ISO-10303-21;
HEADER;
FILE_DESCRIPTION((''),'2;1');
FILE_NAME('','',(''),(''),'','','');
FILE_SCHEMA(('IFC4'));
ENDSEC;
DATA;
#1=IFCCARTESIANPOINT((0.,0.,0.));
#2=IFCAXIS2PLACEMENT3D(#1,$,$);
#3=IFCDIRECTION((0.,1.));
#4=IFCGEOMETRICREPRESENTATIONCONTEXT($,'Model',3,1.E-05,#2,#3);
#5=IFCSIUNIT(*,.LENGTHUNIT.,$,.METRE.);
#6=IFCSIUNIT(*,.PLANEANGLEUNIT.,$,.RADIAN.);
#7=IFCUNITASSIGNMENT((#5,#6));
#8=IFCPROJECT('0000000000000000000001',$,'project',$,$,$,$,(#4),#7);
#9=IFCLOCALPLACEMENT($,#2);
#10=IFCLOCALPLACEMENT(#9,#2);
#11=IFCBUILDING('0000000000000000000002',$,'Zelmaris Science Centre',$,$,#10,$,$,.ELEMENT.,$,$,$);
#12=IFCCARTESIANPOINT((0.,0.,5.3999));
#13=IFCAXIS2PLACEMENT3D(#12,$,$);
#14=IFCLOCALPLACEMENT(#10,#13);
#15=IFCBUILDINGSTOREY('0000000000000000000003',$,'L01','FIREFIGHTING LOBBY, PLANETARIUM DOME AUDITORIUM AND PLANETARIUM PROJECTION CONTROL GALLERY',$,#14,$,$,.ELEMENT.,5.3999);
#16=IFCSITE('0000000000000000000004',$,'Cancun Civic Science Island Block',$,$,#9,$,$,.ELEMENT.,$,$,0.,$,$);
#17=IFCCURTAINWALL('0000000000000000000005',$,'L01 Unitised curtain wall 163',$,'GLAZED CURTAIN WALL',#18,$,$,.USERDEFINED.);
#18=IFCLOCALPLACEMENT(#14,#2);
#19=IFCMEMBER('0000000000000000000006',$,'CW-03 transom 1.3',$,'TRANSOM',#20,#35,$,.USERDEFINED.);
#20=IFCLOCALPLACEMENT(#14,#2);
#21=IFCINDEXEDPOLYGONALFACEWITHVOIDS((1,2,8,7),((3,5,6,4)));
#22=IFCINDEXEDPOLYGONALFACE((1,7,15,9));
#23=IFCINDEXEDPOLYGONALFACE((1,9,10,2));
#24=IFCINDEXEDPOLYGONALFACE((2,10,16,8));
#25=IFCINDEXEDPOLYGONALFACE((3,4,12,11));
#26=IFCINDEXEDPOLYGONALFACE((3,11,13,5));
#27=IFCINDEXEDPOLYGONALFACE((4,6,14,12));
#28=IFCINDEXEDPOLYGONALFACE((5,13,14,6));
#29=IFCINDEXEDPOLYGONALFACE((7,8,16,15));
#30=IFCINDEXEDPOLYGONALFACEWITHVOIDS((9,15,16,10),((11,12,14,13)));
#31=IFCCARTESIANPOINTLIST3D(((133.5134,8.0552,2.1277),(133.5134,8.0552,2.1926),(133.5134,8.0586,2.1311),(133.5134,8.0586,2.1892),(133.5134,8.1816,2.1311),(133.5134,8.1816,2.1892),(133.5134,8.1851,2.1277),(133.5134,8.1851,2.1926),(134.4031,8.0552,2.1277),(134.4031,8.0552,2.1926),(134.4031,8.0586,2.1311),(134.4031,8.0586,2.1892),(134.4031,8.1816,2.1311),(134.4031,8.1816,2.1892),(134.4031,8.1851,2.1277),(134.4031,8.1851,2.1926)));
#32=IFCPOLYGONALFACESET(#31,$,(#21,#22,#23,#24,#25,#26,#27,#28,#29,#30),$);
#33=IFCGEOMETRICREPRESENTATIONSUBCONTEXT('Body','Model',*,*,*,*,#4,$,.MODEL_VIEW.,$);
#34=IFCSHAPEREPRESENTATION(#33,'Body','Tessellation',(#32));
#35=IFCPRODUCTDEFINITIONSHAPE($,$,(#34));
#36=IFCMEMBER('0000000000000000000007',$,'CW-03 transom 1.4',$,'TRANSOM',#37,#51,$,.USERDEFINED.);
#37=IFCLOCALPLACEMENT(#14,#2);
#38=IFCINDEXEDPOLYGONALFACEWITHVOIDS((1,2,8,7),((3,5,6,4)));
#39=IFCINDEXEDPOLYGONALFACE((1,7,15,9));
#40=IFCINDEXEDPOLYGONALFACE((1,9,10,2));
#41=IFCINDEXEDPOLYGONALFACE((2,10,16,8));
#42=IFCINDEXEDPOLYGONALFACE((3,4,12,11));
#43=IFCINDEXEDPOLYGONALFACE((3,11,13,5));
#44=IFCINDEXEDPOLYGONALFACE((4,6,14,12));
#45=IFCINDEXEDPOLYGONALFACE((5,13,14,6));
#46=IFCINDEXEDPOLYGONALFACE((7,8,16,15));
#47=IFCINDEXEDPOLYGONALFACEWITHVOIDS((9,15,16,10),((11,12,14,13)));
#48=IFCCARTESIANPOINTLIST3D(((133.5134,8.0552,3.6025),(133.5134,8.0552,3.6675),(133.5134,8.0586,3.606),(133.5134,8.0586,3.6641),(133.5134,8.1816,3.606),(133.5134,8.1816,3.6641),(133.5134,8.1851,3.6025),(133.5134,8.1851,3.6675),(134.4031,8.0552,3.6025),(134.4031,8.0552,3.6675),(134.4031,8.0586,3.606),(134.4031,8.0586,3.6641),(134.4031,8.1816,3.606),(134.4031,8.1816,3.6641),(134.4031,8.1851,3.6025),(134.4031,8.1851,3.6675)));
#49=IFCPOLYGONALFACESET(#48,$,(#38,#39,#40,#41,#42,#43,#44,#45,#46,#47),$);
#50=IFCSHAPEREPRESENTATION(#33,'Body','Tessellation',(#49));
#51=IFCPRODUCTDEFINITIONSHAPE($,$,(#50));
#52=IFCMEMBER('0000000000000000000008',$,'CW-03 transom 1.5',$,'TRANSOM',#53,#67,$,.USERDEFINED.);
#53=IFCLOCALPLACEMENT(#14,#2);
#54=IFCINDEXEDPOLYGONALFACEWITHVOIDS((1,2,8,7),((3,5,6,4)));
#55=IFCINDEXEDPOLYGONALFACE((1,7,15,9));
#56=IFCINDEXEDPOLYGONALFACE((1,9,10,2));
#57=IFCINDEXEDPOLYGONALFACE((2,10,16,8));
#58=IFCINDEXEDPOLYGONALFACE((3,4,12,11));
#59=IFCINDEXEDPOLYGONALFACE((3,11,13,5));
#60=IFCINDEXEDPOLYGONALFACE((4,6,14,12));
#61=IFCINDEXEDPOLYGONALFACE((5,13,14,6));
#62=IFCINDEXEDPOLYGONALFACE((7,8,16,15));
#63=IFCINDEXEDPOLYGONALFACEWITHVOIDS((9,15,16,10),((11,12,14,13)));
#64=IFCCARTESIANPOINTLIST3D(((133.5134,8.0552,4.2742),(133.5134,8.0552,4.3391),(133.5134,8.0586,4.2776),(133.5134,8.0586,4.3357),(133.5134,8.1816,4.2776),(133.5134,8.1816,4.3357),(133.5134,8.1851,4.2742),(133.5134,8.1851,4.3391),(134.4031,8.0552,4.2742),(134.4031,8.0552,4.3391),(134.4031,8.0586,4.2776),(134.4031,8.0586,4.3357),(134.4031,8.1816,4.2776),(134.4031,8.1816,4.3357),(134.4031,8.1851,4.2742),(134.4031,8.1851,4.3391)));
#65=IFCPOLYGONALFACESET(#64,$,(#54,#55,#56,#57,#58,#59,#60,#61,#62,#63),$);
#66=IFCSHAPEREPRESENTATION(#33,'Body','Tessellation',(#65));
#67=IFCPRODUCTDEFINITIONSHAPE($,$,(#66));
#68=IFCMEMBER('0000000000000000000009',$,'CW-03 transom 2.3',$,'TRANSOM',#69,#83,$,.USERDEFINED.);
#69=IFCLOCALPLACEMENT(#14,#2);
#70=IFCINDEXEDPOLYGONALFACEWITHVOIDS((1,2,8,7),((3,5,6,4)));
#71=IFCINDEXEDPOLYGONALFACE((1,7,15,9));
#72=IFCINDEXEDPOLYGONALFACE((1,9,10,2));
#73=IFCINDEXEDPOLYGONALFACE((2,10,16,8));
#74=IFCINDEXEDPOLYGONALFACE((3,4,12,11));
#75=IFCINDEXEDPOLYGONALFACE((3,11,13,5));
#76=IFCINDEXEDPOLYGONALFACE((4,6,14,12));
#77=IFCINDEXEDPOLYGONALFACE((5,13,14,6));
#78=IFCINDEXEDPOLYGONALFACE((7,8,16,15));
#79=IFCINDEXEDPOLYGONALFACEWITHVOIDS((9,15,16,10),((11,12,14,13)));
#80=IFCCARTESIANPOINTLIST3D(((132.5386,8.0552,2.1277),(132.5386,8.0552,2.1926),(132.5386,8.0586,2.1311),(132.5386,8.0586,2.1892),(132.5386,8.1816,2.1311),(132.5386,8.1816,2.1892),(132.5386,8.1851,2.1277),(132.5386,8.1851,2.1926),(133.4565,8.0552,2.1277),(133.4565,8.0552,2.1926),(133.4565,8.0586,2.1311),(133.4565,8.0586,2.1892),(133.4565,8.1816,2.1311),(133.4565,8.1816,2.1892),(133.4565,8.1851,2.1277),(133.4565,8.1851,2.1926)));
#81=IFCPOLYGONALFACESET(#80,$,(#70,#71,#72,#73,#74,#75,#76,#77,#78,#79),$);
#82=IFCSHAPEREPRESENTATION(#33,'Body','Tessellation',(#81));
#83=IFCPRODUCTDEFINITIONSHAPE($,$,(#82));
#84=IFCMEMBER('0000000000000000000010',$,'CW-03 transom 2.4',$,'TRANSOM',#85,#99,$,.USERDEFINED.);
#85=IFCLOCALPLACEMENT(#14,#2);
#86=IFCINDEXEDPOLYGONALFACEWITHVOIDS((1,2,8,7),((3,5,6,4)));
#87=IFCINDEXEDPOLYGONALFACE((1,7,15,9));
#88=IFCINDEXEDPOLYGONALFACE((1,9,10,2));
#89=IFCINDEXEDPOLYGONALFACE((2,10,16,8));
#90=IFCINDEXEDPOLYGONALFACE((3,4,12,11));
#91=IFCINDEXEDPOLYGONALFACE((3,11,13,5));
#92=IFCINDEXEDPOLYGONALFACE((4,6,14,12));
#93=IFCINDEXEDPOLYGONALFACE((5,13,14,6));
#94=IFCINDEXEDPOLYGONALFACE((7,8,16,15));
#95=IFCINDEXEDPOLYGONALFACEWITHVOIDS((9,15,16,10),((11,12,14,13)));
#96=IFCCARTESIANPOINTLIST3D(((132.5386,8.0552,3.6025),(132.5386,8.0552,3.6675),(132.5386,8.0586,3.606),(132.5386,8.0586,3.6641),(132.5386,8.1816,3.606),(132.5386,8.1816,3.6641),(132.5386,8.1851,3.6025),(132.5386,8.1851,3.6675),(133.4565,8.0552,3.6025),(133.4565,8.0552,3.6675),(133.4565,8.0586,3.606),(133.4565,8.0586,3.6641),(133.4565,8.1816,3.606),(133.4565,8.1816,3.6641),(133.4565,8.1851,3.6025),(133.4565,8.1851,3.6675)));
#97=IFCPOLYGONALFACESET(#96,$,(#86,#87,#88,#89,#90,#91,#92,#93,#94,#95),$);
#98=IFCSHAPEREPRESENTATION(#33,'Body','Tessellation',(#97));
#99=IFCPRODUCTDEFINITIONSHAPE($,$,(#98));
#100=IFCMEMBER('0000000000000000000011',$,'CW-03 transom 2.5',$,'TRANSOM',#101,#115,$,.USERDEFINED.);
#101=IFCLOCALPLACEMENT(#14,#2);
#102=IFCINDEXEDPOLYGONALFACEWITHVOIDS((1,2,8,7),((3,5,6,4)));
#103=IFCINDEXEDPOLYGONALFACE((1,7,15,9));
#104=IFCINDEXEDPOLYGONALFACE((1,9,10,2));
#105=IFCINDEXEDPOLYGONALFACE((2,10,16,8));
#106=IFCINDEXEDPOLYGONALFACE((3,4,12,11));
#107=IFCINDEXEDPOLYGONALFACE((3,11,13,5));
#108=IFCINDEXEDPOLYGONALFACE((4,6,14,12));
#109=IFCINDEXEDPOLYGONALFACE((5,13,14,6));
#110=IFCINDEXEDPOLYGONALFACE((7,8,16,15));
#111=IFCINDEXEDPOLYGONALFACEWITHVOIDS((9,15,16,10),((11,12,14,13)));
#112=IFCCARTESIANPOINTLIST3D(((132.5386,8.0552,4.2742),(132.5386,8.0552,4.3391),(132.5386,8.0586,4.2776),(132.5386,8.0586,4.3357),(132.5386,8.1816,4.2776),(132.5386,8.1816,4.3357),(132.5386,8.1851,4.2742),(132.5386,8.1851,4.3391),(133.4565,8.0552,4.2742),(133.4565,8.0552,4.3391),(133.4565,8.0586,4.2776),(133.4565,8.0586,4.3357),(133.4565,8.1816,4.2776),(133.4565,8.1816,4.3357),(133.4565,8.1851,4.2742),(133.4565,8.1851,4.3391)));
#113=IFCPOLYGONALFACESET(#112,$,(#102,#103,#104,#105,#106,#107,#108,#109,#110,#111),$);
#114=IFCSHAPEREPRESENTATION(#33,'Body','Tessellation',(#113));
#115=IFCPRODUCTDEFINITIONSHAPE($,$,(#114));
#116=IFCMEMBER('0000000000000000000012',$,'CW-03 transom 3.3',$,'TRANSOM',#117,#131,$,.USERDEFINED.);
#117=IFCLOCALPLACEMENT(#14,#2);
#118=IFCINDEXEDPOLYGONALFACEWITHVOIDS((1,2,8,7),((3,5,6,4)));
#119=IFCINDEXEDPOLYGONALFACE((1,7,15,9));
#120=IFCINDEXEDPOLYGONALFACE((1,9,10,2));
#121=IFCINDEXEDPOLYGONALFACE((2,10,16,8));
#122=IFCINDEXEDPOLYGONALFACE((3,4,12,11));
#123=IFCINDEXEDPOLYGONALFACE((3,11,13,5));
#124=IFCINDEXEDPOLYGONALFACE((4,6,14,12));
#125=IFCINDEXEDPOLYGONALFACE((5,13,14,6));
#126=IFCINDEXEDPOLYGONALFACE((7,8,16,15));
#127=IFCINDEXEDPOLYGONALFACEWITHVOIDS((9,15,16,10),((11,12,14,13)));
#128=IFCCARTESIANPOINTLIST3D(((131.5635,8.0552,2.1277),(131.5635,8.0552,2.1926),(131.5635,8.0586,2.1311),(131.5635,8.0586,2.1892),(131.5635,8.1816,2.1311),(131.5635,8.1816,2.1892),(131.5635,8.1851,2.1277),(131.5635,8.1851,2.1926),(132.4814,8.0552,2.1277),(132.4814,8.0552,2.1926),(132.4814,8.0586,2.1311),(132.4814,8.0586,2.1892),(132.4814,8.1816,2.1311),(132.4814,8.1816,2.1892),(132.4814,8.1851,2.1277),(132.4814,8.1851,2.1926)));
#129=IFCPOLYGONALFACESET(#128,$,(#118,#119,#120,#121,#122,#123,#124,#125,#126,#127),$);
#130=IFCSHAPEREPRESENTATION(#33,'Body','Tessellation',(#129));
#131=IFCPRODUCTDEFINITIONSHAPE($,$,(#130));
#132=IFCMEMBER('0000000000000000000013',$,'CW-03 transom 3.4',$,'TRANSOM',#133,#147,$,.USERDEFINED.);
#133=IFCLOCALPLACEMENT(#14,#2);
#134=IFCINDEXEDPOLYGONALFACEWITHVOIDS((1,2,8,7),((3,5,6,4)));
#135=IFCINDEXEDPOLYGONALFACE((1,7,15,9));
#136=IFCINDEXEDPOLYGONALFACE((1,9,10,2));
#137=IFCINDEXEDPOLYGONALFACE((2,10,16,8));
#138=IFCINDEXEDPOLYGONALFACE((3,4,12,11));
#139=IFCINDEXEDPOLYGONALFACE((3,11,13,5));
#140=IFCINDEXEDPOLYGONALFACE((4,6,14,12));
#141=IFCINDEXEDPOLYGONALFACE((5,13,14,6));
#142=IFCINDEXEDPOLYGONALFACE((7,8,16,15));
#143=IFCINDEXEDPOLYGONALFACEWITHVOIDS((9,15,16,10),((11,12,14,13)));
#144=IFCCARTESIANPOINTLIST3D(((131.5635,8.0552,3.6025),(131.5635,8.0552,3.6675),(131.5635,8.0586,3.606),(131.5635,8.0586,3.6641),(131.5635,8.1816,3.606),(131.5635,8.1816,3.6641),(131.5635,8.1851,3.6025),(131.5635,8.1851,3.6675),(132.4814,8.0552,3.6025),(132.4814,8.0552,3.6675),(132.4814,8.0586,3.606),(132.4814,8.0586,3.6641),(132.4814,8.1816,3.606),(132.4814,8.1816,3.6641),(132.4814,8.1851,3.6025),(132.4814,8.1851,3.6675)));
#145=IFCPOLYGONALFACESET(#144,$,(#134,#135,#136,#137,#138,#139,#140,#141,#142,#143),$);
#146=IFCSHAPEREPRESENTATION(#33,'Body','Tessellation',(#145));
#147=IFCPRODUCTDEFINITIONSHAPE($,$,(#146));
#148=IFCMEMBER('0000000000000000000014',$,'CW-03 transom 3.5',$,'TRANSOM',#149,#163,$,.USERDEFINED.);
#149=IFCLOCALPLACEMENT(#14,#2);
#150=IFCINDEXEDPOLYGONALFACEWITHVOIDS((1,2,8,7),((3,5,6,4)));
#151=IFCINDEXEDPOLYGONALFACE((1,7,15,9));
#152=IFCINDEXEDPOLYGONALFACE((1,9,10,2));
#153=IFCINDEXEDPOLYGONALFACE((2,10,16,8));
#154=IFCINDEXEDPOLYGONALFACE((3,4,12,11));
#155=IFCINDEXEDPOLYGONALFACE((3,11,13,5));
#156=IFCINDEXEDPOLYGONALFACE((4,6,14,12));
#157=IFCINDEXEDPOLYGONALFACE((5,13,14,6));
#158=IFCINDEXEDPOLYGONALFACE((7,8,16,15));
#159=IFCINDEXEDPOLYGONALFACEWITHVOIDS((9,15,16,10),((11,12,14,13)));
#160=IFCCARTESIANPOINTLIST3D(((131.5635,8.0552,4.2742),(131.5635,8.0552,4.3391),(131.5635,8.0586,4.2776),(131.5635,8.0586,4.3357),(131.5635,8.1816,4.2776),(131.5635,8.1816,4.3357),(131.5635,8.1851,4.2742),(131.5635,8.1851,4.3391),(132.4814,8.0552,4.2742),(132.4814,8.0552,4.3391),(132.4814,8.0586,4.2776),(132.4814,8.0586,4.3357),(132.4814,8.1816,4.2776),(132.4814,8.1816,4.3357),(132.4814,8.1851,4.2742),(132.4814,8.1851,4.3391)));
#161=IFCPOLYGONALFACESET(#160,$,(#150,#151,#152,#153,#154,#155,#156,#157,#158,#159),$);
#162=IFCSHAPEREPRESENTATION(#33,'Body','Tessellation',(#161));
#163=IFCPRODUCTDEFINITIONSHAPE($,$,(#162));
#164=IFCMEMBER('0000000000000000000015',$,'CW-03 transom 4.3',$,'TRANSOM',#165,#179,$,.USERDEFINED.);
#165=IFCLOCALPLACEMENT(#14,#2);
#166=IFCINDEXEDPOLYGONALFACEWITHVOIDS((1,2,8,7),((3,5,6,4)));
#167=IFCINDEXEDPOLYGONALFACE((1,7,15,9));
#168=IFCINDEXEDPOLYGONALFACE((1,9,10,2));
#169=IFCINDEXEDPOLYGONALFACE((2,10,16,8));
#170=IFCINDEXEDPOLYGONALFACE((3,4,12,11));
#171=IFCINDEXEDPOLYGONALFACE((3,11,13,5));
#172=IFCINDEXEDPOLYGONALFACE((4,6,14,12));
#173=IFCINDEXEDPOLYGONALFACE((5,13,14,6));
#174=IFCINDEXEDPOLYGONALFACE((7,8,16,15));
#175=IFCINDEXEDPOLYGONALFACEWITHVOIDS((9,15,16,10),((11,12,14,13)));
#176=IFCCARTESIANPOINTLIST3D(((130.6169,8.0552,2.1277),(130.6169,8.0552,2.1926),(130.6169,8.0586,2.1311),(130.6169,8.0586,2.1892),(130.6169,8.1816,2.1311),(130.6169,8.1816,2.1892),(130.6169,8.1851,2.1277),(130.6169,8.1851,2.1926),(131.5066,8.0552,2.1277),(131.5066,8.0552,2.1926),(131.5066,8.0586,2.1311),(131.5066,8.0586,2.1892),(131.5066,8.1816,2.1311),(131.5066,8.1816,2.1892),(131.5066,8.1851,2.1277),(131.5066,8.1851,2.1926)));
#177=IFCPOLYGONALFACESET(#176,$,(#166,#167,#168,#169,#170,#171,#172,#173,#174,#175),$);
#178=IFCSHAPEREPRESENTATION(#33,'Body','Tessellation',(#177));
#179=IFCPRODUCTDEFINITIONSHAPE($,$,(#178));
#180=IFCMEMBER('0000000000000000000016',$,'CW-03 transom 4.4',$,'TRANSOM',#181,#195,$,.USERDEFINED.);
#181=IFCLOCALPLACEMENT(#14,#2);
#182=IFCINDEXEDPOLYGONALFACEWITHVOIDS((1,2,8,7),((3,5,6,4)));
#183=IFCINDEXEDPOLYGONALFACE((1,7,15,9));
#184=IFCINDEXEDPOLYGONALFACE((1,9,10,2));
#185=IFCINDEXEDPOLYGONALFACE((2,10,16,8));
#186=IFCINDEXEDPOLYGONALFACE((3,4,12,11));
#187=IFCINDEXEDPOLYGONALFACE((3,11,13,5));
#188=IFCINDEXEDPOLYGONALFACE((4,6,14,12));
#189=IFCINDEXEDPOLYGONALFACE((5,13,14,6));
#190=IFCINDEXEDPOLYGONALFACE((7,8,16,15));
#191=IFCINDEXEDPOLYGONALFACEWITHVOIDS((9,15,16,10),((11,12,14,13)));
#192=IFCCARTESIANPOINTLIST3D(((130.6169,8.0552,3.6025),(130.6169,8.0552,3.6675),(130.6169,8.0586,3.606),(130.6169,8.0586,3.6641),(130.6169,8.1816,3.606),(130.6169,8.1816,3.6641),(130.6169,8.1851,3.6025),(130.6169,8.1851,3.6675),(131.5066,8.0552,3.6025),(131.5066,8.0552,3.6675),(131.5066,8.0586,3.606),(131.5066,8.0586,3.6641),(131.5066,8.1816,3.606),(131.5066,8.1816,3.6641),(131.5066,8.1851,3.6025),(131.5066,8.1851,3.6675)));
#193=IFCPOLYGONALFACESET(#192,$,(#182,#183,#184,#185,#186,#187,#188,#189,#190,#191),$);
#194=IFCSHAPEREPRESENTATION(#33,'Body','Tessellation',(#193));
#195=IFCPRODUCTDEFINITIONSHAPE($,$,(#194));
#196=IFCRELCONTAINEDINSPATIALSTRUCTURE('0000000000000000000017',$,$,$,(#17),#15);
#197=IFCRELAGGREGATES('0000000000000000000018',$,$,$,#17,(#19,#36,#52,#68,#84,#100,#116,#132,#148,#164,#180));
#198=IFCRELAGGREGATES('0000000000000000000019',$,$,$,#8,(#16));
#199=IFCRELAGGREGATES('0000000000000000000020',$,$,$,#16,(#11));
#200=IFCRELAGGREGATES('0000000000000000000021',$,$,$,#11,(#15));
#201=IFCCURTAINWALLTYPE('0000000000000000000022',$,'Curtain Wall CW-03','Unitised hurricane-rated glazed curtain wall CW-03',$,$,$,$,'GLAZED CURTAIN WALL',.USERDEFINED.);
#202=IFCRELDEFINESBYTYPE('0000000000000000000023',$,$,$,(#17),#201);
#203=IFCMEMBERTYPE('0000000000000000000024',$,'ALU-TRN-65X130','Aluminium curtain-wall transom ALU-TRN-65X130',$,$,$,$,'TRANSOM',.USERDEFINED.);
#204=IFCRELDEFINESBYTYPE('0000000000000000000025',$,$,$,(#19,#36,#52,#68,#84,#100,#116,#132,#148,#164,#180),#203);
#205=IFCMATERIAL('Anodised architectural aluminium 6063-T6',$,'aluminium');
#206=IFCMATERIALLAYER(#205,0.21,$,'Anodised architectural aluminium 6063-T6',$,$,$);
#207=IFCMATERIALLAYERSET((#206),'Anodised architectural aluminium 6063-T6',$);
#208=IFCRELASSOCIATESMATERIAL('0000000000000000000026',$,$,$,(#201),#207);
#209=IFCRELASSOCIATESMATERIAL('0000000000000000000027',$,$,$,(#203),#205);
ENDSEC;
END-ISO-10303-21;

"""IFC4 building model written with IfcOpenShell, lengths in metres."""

from ifc_helpers import new_model, si_unit, direction, frame, origin, origin_2d, place, context, subcontext, project, spatial, hollow_rectangle, extrude, material, layer, layer_set, material_profile, profile_set, type_object, element, aggregate, save


model = new_model("IFC4")

# Units and contexts
model_context = context("Model", 3, precision=1e-05, world=origin(), true_north=direction((0.0, 1.0)))
body_context = subcontext(model_context, "Body", "Model", "MODEL_VIEW")
ifc_project = project(units=[si_unit("LENGTHUNIT", "METRE"), si_unit("PLANEANGLEUNIT", "RADIAN")], contexts=[model_context])

# Site, building, storey
site_placement = place(None, origin())
site = spatial("IfcSite", under=ifc_project, at=site_placement, Name="Cancun Civic Science Island Block", CompositionType="ELEMENT", RefElevation=0.0)
building_placement = place(site_placement, origin())
building = spatial("IfcBuilding", under=site, at=building_placement, Name="Zelmaris Science Centre", CompositionType="ELEMENT")
storey_placement = place(building_placement, frame((0.0, 0.0, 5.3999)))
storey = spatial("IfcBuildingStorey", under=building, at=storey_placement, Name="L01", Description="FIREFIGHTING LOBBY, PLANETARIUM DOME AUDITORIUM AND PLANETARIUM PROJECTION CONTROL GALLERY", CompositionType="ELEMENT", Elevation=5.3999)

# Curtain wall, members
ifc_material_1 = material(Name="Anodised architectural aluminium 6063-T6", Category="aluminium")
ifc_layer_1 = layer(ifc_material_1, 0.21, Name="Anodised architectural aluminium 6063-T6")
ifc_layer_set_1 = layer_set([ifc_layer_1], Name="Anodised architectural aluminium 6063-T6")
curtain_wall_type = type_object("IfcCurtainWallType", Name="Curtain Wall CW-03", Description="Unitised hurricane-rated glazed curtain wall CW-03", ElementType="GLAZED CURTAIN WALL", PredefinedType="USERDEFINED", material=ifc_layer_set_1)
curtain_wall_placement = place(storey_placement, origin())
curtain_wall = element("IfcCurtainWall", 1, at=curtain_wall_placement, inside=storey, type_object=curtain_wall_type, Name="L01 Unitised curtain wall 163", ObjectType="GLAZED CURTAIN WALL", PredefinedType="USERDEFINED")
ifc_material_profile = material_profile(ifc_material_1, hollow_rectangle(XDim=0.0649, YDim=0.1299, WallThickness=0.0034, at=origin_2d()), Name="ALU-TRN-65X130")
ifc_profile_set = profile_set([ifc_material_profile], Name="Anodised architectural aluminium 6063-T6")
member_type = type_object("IfcMemberType", Name="ALU-TRN-65X130", Description="Aluminium curtain-wall transom ALU-TRN-65X130", ElementType="TRANSOM", PredefinedType="USERDEFINED", material=ifc_profile_set)
member_1_placement = place(storey_placement, frame((134.4031, 8.1201, 2.1602), z_axis=(-1.0, 0.0, 0.0), x_axis=(0.0, 0.0, 1.0)))
member_1 = element("IfcMember", 2, at=member_1_placement, type_object=member_type, Name="CW-03 transom 1.3", ObjectType="TRANSOM", PredefinedType="USERDEFINED", context=body_context, shape_type="SweptSolid", body=[
    extrude(hollow_rectangle(XDim=0.0649, YDim=0.1299, WallThickness=0.0034, at=origin_2d()), origin(), (0.0, 0.0, 1.0), 0.8896),
])
member_2_placement = place(storey_placement, frame((134.4031, 8.1201, 3.635), z_axis=(-1.0, 0.0, 0.0), x_axis=(0.0, 0.0, 1.0)))
member_2 = element("IfcMember", 3, at=member_2_placement, type_object=member_type, Name="CW-03 transom 1.4", ObjectType="TRANSOM", PredefinedType="USERDEFINED", context=body_context, shape_type="SweptSolid", body=[
    extrude(hollow_rectangle(XDim=0.0649, YDim=0.1299, WallThickness=0.0034, at=origin_2d()), origin(), (0.0, 0.0, 1.0), 0.8896),
])
member_3_placement = place(storey_placement, frame((134.4031, 8.1201, 4.3066), z_axis=(-1.0, 0.0, 0.0), x_axis=(0.0, 0.0, 1.0)))
member_3 = element("IfcMember", 4, at=member_3_placement, type_object=member_type, Name="CW-03 transom 1.5", ObjectType="TRANSOM", PredefinedType="USERDEFINED", context=body_context, shape_type="SweptSolid", body=[
    extrude(hollow_rectangle(XDim=0.0649, YDim=0.1299, WallThickness=0.0034, at=origin_2d()), origin(), (0.0, 0.0, 1.0), 0.8896),
])
member_4_placement = place(storey_placement, frame((133.4565, 8.1201, 2.1602), z_axis=(-1.0, 0.0, 0.0), x_axis=(0.0, 0.0, 1.0)))
member_4 = element("IfcMember", 5, at=member_4_placement, type_object=member_type, Name="CW-03 transom 2.3", ObjectType="TRANSOM", PredefinedType="USERDEFINED", context=body_context, shape_type="SweptSolid", body=[
    extrude(hollow_rectangle(XDim=0.0649, YDim=0.1299, WallThickness=0.0034, at=origin_2d()), origin(), (0.0, 0.0, 1.0), 0.918),
])
member_5_placement = place(storey_placement, frame((133.4565, 8.1201, 3.635), z_axis=(-1.0, 0.0, 0.0), x_axis=(0.0, 0.0, 1.0)))
member_5 = element("IfcMember", 6, at=member_5_placement, type_object=member_type, Name="CW-03 transom 2.4", ObjectType="TRANSOM", PredefinedType="USERDEFINED", context=body_context, shape_type="SweptSolid", body=[
    extrude(hollow_rectangle(XDim=0.0649, YDim=0.1299, WallThickness=0.0034, at=origin_2d()), origin(), (0.0, 0.0, 1.0), 0.918),
])
member_6_placement = place(storey_placement, frame((133.4565, 8.1201, 4.3066), z_axis=(-1.0, 0.0, 0.0), x_axis=(0.0, 0.0, 1.0)))
member_6 = element("IfcMember", 7, at=member_6_placement, type_object=member_type, Name="CW-03 transom 2.5", ObjectType="TRANSOM", PredefinedType="USERDEFINED", context=body_context, shape_type="SweptSolid", body=[
    extrude(hollow_rectangle(XDim=0.0649, YDim=0.1299, WallThickness=0.0034, at=origin_2d()), origin(), (0.0, 0.0, 1.0), 0.918),
])
member_7_placement = place(storey_placement, frame((132.4814, 8.1201, 2.1602), z_axis=(-1.0, 0.0, 0.0), x_axis=(0.0, 0.0, 1.0)))
member_7 = element("IfcMember", 8, at=member_7_placement, type_object=member_type, Name="CW-03 transom 3.3", ObjectType="TRANSOM", PredefinedType="USERDEFINED", context=body_context, shape_type="SweptSolid", body=[
    extrude(hollow_rectangle(XDim=0.0649, YDim=0.1299, WallThickness=0.0034, at=origin_2d()), origin(), (0.0, 0.0, 1.0), 0.918),
])
member_8_placement = place(storey_placement, frame((132.4814, 8.1201, 3.635), z_axis=(-1.0, 0.0, 0.0), x_axis=(0.0, 0.0, 1.0)))
member_8 = element("IfcMember", 9, at=member_8_placement, type_object=member_type, Name="CW-03 transom 3.4", ObjectType="TRANSOM", PredefinedType="USERDEFINED", context=body_context, shape_type="SweptSolid", body=[
    extrude(hollow_rectangle(XDim=0.0649, YDim=0.1299, WallThickness=0.0034, at=origin_2d()), origin(), (0.0, 0.0, 1.0), 0.918),
])
member_9_placement = place(storey_placement, frame((132.4814, 8.1201, 4.3066), z_axis=(-1.0, 0.0, 0.0), x_axis=(0.0, 0.0, 1.0)))
member_9 = element("IfcMember", 10, at=member_9_placement, type_object=member_type, Name="CW-03 transom 3.5", ObjectType="TRANSOM", PredefinedType="USERDEFINED", context=body_context, shape_type="SweptSolid", body=[
    extrude(hollow_rectangle(XDim=0.0649, YDim=0.1299, WallThickness=0.0034, at=origin_2d()), origin(), (0.0, 0.0, 1.0), 0.918),
])
member_10_placement = place(storey_placement, frame((131.5066, 8.1201, 2.1602), z_axis=(-1.0, 0.0, 0.0), x_axis=(0.0, 0.0, 1.0)))
member_10 = element("IfcMember", 11, at=member_10_placement, type_object=member_type, Name="CW-03 transom 4.3", ObjectType="TRANSOM", PredefinedType="USERDEFINED", context=body_context, shape_type="SweptSolid", body=[
    extrude(hollow_rectangle(XDim=0.0649, YDim=0.1299, WallThickness=0.0034, at=origin_2d()), origin(), (0.0, 0.0, 1.0), 0.8896),
])
member_11_placement = place(storey_placement, frame((131.5066, 8.1201, 3.635), z_axis=(-1.0, 0.0, 0.0), x_axis=(0.0, 0.0, 1.0)))
member_11 = element("IfcMember", 12, at=member_11_placement, type_object=member_type, Name="CW-03 transom 4.4", ObjectType="TRANSOM", PredefinedType="USERDEFINED", context=body_context, shape_type="SweptSolid", body=[
    extrude(hollow_rectangle(XDim=0.0649, YDim=0.1299, WallThickness=0.0034, at=origin_2d()), origin(), (0.0, 0.0, 1.0), 0.8896),
])
aggregate(curtain_wall, [member_1, member_2, member_3, member_4, member_5, member_6, member_7, member_8, member_9, member_10, member_11])

save(model, "model.ifc")
